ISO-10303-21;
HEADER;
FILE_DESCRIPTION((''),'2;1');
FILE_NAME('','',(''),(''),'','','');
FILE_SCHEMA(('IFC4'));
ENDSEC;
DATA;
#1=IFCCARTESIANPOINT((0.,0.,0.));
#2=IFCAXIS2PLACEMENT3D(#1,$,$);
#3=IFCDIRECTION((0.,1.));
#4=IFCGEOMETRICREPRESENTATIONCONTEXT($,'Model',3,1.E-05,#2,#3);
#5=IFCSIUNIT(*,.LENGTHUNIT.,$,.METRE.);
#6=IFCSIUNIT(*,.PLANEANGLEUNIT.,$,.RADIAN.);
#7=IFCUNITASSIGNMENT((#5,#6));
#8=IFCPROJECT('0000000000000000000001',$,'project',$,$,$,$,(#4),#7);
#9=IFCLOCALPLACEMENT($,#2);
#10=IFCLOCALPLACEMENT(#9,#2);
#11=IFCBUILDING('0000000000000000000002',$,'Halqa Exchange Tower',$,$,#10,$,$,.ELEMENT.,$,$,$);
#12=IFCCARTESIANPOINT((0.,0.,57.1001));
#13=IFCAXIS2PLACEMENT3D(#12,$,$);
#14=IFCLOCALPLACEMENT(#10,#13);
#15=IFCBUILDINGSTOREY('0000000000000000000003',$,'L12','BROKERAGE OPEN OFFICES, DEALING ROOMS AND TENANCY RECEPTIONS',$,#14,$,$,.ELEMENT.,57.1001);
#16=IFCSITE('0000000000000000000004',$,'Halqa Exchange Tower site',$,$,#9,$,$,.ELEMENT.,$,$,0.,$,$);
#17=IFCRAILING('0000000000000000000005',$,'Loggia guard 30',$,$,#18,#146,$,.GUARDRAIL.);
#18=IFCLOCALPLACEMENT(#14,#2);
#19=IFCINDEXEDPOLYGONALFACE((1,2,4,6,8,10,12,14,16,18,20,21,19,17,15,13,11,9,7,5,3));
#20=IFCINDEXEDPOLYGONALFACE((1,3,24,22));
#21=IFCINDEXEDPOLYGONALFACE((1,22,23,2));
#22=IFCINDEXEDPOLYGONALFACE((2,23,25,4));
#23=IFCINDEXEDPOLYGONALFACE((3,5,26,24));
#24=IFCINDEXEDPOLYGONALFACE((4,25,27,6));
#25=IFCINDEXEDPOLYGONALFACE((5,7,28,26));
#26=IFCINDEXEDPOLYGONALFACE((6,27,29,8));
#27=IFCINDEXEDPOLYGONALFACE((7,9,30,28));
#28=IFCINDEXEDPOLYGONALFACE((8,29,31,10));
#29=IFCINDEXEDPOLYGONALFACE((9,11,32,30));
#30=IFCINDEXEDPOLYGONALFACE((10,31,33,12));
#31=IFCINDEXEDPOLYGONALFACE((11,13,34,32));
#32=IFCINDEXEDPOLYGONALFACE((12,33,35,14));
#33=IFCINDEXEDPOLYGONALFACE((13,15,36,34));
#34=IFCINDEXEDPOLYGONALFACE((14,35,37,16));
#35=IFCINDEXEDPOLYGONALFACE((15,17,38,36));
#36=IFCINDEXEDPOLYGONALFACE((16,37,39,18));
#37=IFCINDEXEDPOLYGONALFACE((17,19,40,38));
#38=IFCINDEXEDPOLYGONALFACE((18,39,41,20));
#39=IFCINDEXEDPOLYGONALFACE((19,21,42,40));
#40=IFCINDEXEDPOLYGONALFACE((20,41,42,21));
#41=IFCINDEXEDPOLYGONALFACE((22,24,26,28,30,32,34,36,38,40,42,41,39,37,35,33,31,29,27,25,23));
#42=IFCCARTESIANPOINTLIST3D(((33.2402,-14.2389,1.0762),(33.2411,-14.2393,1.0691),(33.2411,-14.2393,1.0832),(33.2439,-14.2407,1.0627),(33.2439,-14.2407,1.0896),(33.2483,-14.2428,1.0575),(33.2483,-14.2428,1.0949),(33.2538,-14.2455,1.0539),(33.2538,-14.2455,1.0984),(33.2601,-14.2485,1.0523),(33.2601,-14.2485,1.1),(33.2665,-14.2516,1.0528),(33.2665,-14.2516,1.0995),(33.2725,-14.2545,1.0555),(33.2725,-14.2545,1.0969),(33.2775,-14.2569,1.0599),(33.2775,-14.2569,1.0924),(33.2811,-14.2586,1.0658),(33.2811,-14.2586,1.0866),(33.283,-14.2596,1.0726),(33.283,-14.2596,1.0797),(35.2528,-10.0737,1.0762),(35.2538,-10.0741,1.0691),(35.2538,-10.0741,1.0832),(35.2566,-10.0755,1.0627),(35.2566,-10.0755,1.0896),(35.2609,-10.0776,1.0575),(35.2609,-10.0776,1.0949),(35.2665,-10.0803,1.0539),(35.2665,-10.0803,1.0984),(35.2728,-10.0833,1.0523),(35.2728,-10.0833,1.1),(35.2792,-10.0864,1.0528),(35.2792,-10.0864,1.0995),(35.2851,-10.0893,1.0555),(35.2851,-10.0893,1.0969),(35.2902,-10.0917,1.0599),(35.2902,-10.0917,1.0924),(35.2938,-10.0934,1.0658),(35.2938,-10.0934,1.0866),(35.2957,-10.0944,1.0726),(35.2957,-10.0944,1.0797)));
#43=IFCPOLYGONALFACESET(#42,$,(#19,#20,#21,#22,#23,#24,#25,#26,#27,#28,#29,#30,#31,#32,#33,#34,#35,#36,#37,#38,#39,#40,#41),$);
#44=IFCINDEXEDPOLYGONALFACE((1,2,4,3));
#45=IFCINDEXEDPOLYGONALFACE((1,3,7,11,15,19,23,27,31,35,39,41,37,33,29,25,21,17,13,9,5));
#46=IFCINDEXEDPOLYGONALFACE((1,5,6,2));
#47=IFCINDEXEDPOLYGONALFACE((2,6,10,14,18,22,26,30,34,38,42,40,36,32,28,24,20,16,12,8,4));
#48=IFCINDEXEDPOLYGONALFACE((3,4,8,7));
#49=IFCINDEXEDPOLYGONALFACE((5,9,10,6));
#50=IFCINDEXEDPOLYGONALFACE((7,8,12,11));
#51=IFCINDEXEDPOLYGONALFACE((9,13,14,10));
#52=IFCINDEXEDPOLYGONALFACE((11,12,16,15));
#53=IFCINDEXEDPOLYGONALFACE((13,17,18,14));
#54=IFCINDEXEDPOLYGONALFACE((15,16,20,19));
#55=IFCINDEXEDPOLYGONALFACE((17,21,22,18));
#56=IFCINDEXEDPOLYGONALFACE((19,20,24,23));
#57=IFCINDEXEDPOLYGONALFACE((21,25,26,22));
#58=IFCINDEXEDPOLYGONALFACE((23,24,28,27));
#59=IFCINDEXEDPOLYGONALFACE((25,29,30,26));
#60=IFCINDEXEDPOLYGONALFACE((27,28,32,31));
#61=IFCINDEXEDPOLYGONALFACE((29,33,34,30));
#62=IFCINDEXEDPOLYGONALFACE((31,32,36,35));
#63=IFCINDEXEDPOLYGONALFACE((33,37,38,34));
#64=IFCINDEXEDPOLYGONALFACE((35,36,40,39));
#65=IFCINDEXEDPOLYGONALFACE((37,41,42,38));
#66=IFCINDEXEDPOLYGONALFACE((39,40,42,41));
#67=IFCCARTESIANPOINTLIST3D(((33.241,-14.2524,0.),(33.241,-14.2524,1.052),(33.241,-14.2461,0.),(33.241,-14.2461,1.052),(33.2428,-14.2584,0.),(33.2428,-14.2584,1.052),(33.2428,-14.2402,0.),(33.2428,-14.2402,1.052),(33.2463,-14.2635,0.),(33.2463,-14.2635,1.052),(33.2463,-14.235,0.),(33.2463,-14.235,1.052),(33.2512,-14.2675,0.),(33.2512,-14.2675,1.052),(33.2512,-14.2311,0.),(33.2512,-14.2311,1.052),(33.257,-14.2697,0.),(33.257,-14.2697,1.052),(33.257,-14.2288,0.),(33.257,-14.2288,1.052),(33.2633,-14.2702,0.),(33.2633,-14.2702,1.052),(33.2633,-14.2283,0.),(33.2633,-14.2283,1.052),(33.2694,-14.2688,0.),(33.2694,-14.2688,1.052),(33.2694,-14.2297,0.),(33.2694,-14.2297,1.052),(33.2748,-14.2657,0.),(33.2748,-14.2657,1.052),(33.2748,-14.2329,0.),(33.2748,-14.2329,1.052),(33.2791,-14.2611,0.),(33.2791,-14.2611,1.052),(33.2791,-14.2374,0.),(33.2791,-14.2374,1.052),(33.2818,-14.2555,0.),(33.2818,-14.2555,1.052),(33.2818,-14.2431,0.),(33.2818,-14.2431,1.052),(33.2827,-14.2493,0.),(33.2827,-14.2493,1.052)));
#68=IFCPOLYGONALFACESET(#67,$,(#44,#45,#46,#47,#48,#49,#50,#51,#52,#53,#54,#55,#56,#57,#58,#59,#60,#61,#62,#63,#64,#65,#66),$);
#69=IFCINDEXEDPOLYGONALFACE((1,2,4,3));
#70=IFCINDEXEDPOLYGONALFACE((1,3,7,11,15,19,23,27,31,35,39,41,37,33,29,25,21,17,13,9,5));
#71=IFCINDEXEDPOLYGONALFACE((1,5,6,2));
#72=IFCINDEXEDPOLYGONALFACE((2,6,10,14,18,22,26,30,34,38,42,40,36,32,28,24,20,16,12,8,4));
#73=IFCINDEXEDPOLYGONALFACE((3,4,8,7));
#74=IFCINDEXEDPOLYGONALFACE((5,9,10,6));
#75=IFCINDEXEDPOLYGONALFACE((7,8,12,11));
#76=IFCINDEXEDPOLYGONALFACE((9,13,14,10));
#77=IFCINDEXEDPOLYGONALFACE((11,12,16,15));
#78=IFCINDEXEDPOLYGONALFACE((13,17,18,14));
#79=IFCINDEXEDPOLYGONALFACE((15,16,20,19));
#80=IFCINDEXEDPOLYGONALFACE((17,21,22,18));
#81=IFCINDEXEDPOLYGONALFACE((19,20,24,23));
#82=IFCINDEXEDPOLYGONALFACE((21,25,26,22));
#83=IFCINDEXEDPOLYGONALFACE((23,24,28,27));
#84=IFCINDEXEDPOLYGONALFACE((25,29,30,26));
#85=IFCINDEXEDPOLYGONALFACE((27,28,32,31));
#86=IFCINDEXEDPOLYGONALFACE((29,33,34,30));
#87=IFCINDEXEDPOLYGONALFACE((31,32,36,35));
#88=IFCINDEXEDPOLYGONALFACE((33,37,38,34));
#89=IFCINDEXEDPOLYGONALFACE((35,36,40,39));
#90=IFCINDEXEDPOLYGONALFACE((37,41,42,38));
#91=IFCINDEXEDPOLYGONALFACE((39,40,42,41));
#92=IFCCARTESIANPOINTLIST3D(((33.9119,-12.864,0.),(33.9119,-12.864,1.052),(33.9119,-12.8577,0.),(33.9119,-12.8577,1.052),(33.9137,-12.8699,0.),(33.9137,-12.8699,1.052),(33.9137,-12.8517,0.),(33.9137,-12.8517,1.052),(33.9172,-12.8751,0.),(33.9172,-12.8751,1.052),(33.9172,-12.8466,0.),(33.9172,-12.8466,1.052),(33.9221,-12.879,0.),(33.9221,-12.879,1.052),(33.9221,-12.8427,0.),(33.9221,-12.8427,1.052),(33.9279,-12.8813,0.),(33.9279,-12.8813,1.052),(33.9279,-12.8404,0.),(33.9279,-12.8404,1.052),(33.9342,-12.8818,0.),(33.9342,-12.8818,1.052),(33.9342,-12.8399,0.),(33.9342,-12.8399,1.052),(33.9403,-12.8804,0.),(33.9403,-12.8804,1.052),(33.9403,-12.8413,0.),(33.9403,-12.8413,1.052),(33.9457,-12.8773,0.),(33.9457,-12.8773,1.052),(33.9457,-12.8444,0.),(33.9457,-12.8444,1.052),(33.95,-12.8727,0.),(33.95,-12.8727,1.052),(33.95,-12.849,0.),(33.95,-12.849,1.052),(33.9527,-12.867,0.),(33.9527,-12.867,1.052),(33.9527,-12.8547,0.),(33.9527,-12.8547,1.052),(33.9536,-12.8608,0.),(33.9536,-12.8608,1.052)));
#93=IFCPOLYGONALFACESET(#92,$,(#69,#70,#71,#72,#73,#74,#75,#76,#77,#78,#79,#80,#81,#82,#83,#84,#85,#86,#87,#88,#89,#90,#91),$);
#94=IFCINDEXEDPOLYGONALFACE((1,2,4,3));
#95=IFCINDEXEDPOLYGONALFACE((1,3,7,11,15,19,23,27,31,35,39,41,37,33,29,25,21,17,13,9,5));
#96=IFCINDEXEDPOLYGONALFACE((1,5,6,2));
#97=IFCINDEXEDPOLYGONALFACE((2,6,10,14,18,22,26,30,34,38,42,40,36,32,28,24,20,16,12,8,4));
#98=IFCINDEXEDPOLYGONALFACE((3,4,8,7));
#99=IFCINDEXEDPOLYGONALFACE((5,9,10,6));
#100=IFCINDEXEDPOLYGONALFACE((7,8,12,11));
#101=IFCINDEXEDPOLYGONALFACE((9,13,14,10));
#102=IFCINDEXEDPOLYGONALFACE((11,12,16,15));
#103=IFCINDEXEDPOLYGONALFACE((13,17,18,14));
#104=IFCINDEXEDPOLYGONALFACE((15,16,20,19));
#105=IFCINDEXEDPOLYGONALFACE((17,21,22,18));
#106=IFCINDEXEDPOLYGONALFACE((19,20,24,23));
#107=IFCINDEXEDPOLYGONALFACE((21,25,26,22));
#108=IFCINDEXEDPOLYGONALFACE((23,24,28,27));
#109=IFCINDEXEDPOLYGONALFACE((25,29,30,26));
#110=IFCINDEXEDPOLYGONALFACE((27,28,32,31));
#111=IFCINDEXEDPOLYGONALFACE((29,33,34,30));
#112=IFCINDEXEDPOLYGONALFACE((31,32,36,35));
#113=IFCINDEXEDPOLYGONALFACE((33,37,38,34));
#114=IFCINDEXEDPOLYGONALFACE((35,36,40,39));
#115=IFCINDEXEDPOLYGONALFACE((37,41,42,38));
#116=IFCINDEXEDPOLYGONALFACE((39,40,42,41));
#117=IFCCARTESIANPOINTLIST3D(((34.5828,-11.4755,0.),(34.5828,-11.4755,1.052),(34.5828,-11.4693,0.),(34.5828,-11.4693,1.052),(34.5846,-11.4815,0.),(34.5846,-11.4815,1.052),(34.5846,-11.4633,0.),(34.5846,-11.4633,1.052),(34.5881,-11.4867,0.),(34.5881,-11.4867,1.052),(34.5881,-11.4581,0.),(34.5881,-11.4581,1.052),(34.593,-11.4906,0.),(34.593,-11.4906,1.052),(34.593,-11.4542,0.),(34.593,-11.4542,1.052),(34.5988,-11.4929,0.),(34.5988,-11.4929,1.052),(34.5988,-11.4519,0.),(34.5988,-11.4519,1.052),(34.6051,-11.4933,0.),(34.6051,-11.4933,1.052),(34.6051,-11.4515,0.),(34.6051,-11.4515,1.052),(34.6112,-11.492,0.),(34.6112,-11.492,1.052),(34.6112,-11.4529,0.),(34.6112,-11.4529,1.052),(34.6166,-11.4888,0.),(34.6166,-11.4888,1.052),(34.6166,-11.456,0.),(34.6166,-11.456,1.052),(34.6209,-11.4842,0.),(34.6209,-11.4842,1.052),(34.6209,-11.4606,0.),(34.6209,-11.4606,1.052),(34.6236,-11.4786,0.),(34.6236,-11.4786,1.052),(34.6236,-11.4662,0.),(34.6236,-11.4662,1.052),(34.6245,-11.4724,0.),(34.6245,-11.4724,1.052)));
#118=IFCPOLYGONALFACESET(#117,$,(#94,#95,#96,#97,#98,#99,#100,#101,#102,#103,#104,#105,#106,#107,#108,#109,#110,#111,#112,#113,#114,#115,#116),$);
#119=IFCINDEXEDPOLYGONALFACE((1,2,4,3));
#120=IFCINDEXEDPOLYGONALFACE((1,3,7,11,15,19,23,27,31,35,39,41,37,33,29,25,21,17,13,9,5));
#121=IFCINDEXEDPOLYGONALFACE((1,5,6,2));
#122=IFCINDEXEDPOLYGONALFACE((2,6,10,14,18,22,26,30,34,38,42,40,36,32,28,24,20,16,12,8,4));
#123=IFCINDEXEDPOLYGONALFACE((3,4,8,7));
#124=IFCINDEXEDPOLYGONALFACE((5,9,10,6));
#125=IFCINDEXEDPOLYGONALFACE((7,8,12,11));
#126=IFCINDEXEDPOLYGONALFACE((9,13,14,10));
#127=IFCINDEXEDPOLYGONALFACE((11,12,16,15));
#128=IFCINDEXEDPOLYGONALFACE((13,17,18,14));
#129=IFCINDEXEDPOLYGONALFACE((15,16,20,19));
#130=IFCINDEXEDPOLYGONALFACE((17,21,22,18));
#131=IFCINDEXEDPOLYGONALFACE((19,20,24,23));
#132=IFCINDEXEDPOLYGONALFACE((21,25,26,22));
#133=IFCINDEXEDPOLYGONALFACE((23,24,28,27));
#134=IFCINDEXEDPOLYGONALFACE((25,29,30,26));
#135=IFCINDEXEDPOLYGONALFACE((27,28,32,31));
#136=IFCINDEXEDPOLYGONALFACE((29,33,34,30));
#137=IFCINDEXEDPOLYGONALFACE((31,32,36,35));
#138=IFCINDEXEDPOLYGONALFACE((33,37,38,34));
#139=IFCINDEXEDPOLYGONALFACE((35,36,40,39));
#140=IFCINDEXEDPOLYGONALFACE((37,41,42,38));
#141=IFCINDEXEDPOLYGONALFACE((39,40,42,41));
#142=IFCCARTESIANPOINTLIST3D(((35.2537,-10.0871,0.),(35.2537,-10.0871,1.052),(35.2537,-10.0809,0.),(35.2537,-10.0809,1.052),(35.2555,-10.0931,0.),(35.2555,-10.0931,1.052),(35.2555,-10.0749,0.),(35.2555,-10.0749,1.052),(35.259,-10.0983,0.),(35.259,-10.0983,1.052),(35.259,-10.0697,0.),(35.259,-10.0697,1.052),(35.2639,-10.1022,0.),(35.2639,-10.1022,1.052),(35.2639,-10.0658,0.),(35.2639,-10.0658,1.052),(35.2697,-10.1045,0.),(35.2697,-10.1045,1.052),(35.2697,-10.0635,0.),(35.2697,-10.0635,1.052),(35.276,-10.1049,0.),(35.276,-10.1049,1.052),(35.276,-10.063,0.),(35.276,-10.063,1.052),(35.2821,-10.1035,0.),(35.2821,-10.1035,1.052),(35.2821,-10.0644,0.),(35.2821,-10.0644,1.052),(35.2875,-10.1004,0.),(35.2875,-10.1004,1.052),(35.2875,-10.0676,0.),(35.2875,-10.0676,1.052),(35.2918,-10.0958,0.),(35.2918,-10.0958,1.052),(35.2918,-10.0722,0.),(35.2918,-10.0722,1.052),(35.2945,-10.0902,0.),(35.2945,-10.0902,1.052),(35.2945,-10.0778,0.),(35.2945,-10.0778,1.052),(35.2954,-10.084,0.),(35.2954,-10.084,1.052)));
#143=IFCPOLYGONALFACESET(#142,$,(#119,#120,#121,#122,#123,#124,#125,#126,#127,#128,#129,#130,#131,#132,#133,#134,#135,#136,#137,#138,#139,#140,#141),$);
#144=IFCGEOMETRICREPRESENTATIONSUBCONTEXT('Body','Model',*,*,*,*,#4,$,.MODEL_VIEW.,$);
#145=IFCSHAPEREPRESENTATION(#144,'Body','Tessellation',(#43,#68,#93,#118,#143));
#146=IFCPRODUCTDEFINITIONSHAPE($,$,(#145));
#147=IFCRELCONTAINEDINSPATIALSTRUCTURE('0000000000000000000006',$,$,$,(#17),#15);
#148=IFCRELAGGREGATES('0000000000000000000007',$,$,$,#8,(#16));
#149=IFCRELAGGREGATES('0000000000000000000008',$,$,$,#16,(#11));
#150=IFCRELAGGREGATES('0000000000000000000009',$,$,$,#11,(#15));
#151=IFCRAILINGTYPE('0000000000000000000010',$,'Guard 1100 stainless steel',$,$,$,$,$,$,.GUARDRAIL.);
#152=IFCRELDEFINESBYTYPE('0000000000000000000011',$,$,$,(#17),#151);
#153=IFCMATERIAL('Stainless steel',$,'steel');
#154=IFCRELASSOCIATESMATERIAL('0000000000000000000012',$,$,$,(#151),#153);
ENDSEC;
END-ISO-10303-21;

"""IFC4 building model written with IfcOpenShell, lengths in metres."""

from ifc_helpers import new_model, si_unit, direction, frame, origin, origin_2d, place, context, subcontext, project, spatial, circle, extrude, material, type_object, element, save


model = new_model("IFC4")

# Units and contexts
model_context = context("Model", 3, precision=1e-05, world=origin(), true_north=direction((0.0, 1.0)))
body_context = subcontext(model_context, "Body", "Model", "MODEL_VIEW")
ifc_project = project(units=[si_unit("LENGTHUNIT", "METRE"), si_unit("PLANEANGLEUNIT", "RADIAN")], contexts=[model_context])

# Site, building, storey
site_placement = place(None, origin())
site = spatial("IfcSite", under=ifc_project, at=site_placement, Name="Halqa Exchange Tower site", CompositionType="ELEMENT", RefElevation=0.0)
building_placement = place(site_placement, origin())
building = spatial("IfcBuilding", under=site, at=building_placement, Name="Halqa Exchange Tower", CompositionType="ELEMENT")
storey_placement = place(building_placement, frame((0.0, 0.0, 57.1001)))
storey = spatial("IfcBuildingStorey", under=building, at=storey_placement, Name="L12", Description="BROKERAGE OPEN OFFICES, DEALING ROOMS AND TENANCY RECEPTIONS", CompositionType="ELEMENT", Elevation=57.1001)

# Railing
ifc_material_1 = material(Name="Stainless steel", Category="steel")
railing_type = type_object("IfcRailingType", Name="Guard 1100 stainless steel", PredefinedType="GUARDRAIL", material=ifc_material_1)
railing_1_placement = place(storey_placement, frame((33.2617, -14.2493, 0.0)))
element("IfcRailing", 1, at=railing_1_placement, inside=storey, type_object=railing_type, Name="Loggia guard 30", PredefinedType="GUARDRAIL", context=body_context, shape_type="SweptSolid", body=[
    extrude(circle(Radius=0.0239, at=origin_2d()), frame((0.0, 0.0, 1.0762), z_axis=(0.435077, 0.900393, 0.0), x_axis=(-0.900393, 0.435077, 0.0)), (0.0, 0.0, 1.0), 4.626),
    extrude(circle(Radius=0.021, at=origin_2d()), origin(), (0.0, 0.0, 1.0), 1.052),
    extrude(circle(Radius=0.021, at=origin_2d()), frame((0.6709, 1.3884, 0.0)), (0.0, 0.0, 1.0), 1.052),
    extrude(circle(Radius=0.021, at=origin_2d()), frame((1.3418, 2.7769, 0.0)), (0.0, 0.0, 1.0), 1.052),
    extrude(circle(Radius=0.021, at=origin_2d()), frame((2.0127, 4.1653, 0.0)), (0.0, 0.0, 1.0), 1.052),
])

save(model, "model.ifc")
